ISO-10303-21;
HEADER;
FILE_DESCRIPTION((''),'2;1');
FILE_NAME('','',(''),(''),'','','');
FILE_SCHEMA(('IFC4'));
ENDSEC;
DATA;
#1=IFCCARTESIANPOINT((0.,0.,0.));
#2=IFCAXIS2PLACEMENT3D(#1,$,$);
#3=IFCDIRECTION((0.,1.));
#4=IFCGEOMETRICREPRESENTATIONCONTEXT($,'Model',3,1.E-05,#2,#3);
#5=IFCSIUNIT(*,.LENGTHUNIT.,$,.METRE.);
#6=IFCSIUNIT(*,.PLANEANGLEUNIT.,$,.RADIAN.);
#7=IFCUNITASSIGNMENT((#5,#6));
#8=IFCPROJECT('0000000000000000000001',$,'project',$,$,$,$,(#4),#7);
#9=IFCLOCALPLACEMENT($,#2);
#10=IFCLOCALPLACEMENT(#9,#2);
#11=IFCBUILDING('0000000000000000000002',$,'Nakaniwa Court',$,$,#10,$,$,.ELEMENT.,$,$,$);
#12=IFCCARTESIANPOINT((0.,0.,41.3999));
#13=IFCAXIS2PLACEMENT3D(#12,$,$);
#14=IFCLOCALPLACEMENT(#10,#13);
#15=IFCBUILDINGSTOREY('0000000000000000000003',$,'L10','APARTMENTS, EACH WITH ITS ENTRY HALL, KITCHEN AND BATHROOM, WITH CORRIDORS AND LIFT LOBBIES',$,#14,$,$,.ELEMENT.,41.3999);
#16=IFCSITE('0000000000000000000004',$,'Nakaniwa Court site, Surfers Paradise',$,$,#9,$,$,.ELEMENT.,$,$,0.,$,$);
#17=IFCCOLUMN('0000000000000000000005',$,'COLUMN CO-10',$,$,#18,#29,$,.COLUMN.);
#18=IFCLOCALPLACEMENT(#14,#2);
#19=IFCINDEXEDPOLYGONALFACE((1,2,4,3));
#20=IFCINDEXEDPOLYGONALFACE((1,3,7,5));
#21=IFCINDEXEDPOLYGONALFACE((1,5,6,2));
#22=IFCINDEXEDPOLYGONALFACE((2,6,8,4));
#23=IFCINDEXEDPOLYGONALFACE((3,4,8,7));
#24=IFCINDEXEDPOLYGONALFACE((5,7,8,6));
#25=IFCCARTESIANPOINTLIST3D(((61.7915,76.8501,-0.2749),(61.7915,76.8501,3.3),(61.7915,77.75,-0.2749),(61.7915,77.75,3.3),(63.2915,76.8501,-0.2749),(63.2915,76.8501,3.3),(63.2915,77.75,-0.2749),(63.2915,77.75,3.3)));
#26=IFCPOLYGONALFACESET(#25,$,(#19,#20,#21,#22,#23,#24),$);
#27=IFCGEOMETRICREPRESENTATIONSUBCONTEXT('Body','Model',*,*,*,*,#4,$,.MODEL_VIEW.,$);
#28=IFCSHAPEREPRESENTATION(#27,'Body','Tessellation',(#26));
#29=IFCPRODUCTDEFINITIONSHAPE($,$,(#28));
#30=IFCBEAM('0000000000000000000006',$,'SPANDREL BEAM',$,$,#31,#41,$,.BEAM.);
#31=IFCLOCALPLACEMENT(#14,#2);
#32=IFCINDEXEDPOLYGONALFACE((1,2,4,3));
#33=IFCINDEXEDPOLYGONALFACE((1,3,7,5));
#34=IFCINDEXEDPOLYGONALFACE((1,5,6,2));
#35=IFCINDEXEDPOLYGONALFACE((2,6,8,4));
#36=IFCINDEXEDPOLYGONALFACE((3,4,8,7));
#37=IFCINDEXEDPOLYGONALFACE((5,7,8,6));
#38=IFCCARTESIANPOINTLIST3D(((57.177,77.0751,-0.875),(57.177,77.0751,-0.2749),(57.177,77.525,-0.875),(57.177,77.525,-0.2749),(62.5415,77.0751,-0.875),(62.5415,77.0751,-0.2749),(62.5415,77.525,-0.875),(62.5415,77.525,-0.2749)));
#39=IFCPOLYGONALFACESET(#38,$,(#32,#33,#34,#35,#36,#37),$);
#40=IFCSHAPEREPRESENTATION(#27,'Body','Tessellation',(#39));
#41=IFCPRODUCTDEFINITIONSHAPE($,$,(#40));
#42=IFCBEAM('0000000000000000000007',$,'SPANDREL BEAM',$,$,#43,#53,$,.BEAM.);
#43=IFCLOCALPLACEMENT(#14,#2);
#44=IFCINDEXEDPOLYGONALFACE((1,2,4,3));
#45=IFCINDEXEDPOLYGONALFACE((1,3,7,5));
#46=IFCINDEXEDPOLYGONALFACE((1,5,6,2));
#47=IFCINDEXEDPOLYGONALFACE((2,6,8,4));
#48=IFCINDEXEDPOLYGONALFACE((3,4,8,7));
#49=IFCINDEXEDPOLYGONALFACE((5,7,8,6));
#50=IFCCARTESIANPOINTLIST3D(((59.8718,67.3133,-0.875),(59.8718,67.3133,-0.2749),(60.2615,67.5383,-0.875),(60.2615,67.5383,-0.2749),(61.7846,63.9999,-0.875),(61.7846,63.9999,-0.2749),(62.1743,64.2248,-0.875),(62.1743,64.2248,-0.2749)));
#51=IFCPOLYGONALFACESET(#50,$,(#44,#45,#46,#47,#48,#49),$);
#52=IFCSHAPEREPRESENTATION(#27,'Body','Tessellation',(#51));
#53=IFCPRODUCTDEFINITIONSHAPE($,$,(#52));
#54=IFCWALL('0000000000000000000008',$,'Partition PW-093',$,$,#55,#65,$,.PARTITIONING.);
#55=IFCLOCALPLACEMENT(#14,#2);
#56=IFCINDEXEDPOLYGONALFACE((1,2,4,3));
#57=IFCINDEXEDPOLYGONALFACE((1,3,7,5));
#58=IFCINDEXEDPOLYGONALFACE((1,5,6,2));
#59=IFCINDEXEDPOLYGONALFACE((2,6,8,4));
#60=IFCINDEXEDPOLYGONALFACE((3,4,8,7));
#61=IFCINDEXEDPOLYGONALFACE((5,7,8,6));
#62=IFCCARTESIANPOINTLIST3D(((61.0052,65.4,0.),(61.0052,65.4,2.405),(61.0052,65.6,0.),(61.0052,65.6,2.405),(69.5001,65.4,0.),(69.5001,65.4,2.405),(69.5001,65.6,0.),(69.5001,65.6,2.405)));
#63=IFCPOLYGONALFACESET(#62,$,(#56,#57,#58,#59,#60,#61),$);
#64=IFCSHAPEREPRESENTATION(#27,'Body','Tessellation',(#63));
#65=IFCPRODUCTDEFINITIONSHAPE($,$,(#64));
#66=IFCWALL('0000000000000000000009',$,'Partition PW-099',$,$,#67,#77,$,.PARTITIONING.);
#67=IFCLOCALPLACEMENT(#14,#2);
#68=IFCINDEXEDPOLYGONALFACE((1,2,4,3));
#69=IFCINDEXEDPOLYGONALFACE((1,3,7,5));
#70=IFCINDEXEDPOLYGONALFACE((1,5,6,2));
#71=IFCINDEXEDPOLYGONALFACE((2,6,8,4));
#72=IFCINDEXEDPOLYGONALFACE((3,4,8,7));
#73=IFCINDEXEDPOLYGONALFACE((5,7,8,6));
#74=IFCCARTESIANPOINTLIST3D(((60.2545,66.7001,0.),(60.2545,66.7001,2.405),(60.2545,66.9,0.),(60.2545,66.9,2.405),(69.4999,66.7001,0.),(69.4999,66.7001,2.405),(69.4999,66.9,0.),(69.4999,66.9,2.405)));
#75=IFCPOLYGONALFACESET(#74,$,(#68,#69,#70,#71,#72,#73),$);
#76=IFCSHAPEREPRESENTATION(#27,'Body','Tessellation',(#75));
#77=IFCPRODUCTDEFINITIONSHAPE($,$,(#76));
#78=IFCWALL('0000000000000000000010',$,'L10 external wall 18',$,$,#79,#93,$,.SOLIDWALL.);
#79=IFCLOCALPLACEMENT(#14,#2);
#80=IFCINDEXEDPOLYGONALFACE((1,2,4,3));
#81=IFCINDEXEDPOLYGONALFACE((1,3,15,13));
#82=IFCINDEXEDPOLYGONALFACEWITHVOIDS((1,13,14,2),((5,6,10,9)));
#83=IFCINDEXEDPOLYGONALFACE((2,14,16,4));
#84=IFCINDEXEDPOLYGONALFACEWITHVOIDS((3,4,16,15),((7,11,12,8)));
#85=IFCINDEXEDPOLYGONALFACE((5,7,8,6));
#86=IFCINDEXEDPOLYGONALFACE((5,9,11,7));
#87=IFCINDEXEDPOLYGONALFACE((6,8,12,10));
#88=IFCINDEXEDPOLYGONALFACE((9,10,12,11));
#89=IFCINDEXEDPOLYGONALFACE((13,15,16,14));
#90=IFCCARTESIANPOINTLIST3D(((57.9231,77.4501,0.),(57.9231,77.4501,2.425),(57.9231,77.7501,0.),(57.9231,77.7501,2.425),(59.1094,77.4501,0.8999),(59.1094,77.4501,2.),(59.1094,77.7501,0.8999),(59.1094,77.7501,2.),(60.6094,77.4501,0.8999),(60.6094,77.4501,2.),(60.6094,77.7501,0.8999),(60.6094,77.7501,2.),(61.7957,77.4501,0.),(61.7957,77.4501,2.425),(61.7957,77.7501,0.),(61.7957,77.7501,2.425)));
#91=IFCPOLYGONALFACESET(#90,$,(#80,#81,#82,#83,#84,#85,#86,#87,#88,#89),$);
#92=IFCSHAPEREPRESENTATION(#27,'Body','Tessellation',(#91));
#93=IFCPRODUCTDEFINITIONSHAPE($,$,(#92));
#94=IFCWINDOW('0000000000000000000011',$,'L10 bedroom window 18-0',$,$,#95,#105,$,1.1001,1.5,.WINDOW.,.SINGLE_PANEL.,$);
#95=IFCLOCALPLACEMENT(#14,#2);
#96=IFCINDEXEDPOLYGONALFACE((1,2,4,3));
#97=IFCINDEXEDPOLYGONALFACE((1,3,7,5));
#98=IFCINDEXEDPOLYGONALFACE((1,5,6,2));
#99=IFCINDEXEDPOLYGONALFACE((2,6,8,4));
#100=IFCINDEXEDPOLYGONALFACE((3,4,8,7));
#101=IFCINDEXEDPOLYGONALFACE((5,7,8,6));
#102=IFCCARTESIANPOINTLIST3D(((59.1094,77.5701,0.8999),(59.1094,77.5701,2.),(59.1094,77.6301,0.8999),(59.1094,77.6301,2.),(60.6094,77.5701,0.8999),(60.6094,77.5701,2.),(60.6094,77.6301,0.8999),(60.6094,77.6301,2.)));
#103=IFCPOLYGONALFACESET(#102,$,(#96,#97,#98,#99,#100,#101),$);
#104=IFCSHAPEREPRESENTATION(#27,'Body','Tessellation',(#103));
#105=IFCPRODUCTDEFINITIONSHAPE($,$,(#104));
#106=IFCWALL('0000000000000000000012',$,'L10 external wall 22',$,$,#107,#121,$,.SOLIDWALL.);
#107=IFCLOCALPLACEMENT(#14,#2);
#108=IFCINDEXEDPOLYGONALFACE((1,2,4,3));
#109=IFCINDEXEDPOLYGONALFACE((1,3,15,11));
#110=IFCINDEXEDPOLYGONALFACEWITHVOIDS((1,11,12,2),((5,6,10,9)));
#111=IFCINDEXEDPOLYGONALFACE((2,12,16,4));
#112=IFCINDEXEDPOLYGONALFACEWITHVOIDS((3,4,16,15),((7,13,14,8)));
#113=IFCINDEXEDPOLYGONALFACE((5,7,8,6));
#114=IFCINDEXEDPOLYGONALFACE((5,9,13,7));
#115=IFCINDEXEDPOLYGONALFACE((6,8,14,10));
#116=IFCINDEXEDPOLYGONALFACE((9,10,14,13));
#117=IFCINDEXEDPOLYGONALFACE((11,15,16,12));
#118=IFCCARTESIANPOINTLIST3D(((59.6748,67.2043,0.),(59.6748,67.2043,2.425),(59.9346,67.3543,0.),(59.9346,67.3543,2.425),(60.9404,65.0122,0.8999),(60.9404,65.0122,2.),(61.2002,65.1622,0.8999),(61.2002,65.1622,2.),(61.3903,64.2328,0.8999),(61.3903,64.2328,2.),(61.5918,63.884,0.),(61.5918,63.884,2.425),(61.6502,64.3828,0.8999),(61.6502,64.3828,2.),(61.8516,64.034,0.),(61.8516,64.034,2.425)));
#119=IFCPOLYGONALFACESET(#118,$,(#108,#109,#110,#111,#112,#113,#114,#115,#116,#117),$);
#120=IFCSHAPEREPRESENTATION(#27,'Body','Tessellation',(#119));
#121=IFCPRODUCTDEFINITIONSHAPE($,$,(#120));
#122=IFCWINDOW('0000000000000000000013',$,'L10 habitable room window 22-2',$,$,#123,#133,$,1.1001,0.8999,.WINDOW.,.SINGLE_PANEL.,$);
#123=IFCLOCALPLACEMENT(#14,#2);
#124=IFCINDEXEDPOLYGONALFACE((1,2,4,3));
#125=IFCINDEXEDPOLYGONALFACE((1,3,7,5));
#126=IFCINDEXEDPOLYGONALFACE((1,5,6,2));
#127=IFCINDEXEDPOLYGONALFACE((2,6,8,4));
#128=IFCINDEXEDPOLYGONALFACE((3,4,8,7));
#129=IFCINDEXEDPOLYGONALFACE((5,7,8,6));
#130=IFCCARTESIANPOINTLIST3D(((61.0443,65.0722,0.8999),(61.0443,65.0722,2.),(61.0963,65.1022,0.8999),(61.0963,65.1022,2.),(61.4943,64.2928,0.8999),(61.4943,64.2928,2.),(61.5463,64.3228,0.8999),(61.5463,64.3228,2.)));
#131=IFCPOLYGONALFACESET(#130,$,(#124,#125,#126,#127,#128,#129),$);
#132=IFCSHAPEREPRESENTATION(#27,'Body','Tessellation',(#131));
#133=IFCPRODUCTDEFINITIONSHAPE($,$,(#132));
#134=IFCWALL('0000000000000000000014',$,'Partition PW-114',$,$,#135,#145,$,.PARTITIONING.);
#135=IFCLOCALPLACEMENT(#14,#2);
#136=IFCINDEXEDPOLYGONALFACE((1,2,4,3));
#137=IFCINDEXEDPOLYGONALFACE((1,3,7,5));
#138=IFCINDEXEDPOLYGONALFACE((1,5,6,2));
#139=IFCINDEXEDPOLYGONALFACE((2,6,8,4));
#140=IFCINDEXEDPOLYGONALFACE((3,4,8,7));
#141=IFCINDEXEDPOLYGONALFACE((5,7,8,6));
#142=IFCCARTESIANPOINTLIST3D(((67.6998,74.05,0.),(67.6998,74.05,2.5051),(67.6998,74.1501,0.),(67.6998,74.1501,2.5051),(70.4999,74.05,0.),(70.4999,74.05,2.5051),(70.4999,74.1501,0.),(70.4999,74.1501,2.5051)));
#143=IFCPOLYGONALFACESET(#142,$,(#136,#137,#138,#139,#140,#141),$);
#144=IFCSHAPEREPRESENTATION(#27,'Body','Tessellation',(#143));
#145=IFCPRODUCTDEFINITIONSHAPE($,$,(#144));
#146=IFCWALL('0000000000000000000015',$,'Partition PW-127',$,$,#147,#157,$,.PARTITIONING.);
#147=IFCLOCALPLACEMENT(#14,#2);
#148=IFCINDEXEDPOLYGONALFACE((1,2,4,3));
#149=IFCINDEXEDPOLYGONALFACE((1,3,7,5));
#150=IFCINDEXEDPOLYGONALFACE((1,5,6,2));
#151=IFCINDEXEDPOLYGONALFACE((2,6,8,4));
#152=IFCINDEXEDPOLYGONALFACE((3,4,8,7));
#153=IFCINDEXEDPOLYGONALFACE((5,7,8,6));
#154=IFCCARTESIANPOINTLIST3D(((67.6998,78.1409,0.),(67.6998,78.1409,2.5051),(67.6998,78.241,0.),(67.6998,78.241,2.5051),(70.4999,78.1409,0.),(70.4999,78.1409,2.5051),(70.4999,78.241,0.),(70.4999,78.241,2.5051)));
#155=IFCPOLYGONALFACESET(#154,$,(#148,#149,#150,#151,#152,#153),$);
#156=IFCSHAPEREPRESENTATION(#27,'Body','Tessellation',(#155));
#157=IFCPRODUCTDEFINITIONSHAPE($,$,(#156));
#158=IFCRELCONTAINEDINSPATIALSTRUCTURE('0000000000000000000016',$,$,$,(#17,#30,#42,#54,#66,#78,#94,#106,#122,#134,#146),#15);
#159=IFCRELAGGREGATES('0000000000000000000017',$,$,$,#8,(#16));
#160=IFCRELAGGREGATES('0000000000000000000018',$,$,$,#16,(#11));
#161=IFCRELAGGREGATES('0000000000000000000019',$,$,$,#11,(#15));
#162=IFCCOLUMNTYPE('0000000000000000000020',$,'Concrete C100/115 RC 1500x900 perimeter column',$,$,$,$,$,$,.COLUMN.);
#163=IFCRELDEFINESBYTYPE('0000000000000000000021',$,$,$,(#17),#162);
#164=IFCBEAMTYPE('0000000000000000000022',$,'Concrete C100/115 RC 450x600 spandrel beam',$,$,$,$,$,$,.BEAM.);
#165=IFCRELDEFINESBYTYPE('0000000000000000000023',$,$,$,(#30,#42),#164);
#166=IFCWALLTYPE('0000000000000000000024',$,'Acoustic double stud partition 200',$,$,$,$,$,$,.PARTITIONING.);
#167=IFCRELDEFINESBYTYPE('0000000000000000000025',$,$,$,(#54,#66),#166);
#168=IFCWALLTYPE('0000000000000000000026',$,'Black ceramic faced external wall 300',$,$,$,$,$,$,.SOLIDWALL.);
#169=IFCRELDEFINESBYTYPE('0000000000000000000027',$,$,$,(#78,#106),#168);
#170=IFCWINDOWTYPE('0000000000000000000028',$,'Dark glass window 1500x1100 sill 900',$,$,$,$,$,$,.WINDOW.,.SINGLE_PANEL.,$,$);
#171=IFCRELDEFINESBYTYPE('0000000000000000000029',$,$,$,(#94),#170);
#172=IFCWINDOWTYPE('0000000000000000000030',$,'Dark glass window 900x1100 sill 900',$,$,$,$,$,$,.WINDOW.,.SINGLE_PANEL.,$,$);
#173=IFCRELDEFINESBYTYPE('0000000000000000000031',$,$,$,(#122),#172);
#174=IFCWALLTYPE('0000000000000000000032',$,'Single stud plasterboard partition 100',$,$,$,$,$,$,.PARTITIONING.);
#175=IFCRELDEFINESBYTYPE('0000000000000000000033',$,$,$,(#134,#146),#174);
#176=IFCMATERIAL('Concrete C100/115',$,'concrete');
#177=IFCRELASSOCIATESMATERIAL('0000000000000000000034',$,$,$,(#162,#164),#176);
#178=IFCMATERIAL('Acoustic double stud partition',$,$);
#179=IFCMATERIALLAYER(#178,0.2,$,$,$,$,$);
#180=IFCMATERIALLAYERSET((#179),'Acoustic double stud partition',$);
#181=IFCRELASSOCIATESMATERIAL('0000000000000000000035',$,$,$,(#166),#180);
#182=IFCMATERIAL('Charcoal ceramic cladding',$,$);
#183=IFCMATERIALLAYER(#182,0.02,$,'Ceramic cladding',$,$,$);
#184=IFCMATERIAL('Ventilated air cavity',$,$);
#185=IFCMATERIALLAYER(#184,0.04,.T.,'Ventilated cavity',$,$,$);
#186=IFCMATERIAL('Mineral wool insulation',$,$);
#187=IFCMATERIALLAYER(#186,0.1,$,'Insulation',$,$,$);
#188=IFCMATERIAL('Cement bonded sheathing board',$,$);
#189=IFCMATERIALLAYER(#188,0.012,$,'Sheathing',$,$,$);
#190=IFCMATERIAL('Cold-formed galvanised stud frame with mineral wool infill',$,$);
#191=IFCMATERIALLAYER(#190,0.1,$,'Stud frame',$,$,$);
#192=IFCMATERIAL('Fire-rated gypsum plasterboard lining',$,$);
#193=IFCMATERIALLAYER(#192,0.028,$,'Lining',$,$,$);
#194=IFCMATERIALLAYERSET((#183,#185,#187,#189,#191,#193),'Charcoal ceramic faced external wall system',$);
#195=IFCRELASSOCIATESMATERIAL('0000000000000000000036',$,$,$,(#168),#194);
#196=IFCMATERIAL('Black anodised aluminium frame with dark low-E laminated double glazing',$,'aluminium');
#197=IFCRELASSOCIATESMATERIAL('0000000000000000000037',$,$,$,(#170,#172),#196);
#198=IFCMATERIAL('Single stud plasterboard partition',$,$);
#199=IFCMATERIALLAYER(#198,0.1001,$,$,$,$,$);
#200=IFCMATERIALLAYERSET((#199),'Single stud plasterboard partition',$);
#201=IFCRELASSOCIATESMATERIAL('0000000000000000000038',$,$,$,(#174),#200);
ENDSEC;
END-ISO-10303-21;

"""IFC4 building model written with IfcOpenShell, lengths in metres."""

from ifc_helpers import new_model, si_unit, direction, frame, frame_2d, origin, origin_2d, place, context, subcontext, project, spatial, rectangle, extrude, material, layer, layer_set, material_profile, profile_set, type_object, element, fill, save


model = new_model("IFC4")

# Units and contexts
model_context = context("Model", 3, precision=1e-05, world=origin(), true_north=direction((0.0, 1.0)))
body_context = subcontext(model_context, "Body", "Model", "MODEL_VIEW")
ifc_project = project(units=[si_unit("LENGTHUNIT", "METRE"), si_unit("PLANEANGLEUNIT", "RADIAN")], contexts=[model_context])

# Site, building, storey
site_placement = place(None, origin())
site = spatial("IfcSite", under=ifc_project, at=site_placement, Name="Nakaniwa Court site, Surfers Paradise", CompositionType="ELEMENT", RefElevation=0.0)
building_placement = place(site_placement, origin())
building = spatial("IfcBuilding", under=site, at=building_placement, Name="Nakaniwa Court", CompositionType="ELEMENT")
storey_placement = place(building_placement, frame((0.0, 0.0, 41.3999)))
storey = spatial("IfcBuildingStorey", under=building, at=storey_placement, Name="L10", Description="APARTMENTS, EACH WITH ITS ENTRY HALL, KITCHEN AND BATHROOM, WITH CORRIDORS AND LIFT LOBBIES", CompositionType="ELEMENT", Elevation=41.3999)

# Column
ifc_material_1 = material(Name="Concrete C100/115", Category="concrete")
ifc_material_profile_1 = material_profile(ifc_material_1, rectangle(XDim=1.5, YDim=0.8999, at=origin_2d()), Name="Concrete C100/115 RC 1500x900 perimeter column")
ifc_profile_set_1 = profile_set([ifc_material_profile_1], Name="Concrete C100/115")
column_type = type_object("IfcColumnType", Name="Concrete C100/115 RC 1500x900 perimeter column", PredefinedType="COLUMN", material=ifc_profile_set_1)
column_placement = place(storey_placement, frame((62.5415, 77.3, -0.2749), z_axis=(0.0, 0.0, 1.0), x_axis=(-1.0, 0.0, 0.0)))
element("IfcColumn", 1, at=column_placement, inside=storey, type_object=column_type, Name="COLUMN CO-10", PredefinedType="COLUMN", context=body_context, shape_type="SweptSolid", body=[
    extrude(rectangle(XDim=1.5, YDim=0.8999, at=origin_2d()), origin(), (0.0, 0.0, 1.0), 3.575),
])

# Beams
ifc_material_profile_2 = material_profile(ifc_material_1, rectangle(XDim=0.45, YDim=0.6001, at=origin_2d()), Name="Concrete C100/115 RC 450x600 spandrel beam")
ifc_profile_set_2 = profile_set([ifc_material_profile_2], Name="Concrete C100/115")
beam_type = type_object("IfcBeamType", Name="Concrete C100/115 RC 450x600 spandrel beam", PredefinedType="BEAM", material=ifc_profile_set_2)
beam_1_placement = place(storey_placement, frame((62.5415, 77.3, -0.575), z_axis=(-1.0, 0.0, 0.0), x_axis=(0.0, -1.0, 0.0)))
element("IfcBeam", 2, at=beam_1_placement, inside=storey, type_object=beam_type, Name="SPANDREL BEAM", PredefinedType="BEAM", context=body_context, shape_type="SweptSolid", body=[
    extrude(rectangle(XDim=0.45, YDim=0.6001, at=origin_2d()), origin(), (0.0, 0.0, 1.0), 5.3645),
])
beam_2_placement = place(storey_placement, frame((60.0667, 67.4258, -0.575), z_axis=(0.499962, -0.866047, 0.0), x_axis=(0.866047, 0.499962, 0.0)))
element("IfcBeam", 3, at=beam_2_placement, inside=storey, type_object=beam_type, Name="SPANDREL BEAM", PredefinedType="BEAM", context=body_context, shape_type="SweptSolid", body=[
    extrude(rectangle(XDim=0.45, YDim=0.6001, at=origin_2d()), origin(), (0.0, 0.0, 1.0), 3.8259),
])

# Walls
ifc_material_2 = material(Name="Acoustic double stud partition")
ifc_layer_1 = layer(ifc_material_2, 0.2)
ifc_layer_set_1 = layer_set([ifc_layer_1], Name="Acoustic double stud partition")
wall_type_1 = type_object("IfcWallType", Name="Acoustic double stud partition 200", PredefinedType="PARTITIONING", material=ifc_layer_set_1)
wall_1_placement = place(storey_placement, frame((61.0051, 65.5, 0.0), z_axis=(0.0, 0.0, 1.0), x_axis=(1.0, 0.0, 0.0)))
element("IfcWall", 4, at=wall_1_placement, inside=storey, type_object=wall_type_1, Name="Partition PW-093", PredefinedType="PARTITIONING", context=body_context, shape_type="SweptSolid", body=[
    extrude(rectangle(XDim=8.4949, YDim=0.2, at=frame_2d((4.2476, 0.0))), origin(), (0.0, 0.0, 1.0), 2.405),
])
wall_2_placement = place(storey_placement, frame((60.2546, 66.8, 0.0), z_axis=(0.0, 0.0, 1.0), x_axis=(1.0, 0.0, 0.0)))
element("IfcWall", 5, at=wall_2_placement, inside=storey, type_object=wall_type_1, Name="Partition PW-099", PredefinedType="PARTITIONING", context=body_context, shape_type="SweptSolid", body=[
    extrude(rectangle(XDim=9.2454, YDim=0.2, at=frame_2d((4.6226, 0.0))), origin(), (0.0, 0.0, 1.0), 2.405),
])

# Walls, openings, windows
ifc_material_3 = material(Name="Charcoal ceramic cladding")
ifc_layer_2 = layer(ifc_material_3, 0.02, Name="Ceramic cladding")
ifc_material_4 = material(Name="Ventilated air cavity")
ifc_layer_3 = layer(ifc_material_4, 0.04, ventilated=True, Name="Ventilated cavity")
ifc_material_5 = material(Name="Mineral wool insulation")
ifc_layer_4 = layer(ifc_material_5, 0.1, Name="Insulation")
ifc_material_6 = material(Name="Cement bonded sheathing board")
ifc_layer_5 = layer(ifc_material_6, 0.012, Name="Sheathing")
ifc_material_7 = material(Name="Cold-formed galvanised stud frame with mineral wool infill")
ifc_layer_6 = layer(ifc_material_7, 0.1, Name="Stud frame")
ifc_material_8 = material(Name="Fire-rated gypsum plasterboard lining")
ifc_layer_7 = layer(ifc_material_8, 0.028, Name="Lining")
ifc_layer_set_2 = layer_set([ifc_layer_2, ifc_layer_3, ifc_layer_4, ifc_layer_5, ifc_layer_6, ifc_layer_7], Name="Charcoal ceramic faced external wall system")
wall_type_2 = type_object("IfcWallType", Name="Black ceramic faced external wall 300", PredefinedType="SOLIDWALL", material=ifc_layer_set_2)
wall_3_placement = place(storey_placement, frame((61.7957, 77.6001, 0.0), z_axis=(0.0, 0.0, 1.0), x_axis=(-1.0, 0.0, 0.0)))
wall_3 = element("IfcWall", 6, at=wall_3_placement, inside=storey, type_object=wall_type_2, Name="L10 external wall 18", PredefinedType="SOLIDWALL", context=body_context, shape_type="SweptSolid", body=[
    extrude(rectangle(XDim=3.8726, YDim=0.3, at=frame_2d((1.9363, 0.0))), origin(), (0.0, 0.0, 1.0), 2.425),
])
opening_1_placement = place(wall_3_placement, frame((1.1863, 0.0, 0.8999)))
opening_1 = element("IfcOpeningElement", 7, at=opening_1_placement, cuts=wall_3, PredefinedType="OPENING", context=body_context, shape_type="SweptSolid", body=[
    extrude(rectangle(XDim=1.5, YDim=1.1001, at=frame_2d((0.75, 0.55))), frame((0.0, 0.1599, 0.0), z_axis=(0.0, -1.0, 0.0), x_axis=(1.0, 0.0, 0.0)), (0.0, 0.0, 1.0), 0.3201),
])
ifc_material_9 = material(Name="Black anodised aluminium frame with dark low-E laminated double glazing", Category="aluminium")
window_type_1 = type_object("IfcWindowType", Name="Dark glass window 1500x1100 sill 900", PartitioningType="SINGLE_PANEL", PredefinedType="WINDOW", material=ifc_material_9)
window_1_placement = place(opening_1_placement, origin())
window_1 = element("IfcWindow", 8, at=window_1_placement, inside=storey, type_object=window_type_1, Name="L10 bedroom window 18-0", OverallHeight=1.1001, OverallWidth=1.5, PartitioningType="SINGLE_PANEL", PredefinedType="WINDOW", context=body_context, shape_type="SweptSolid", body=[
    extrude(rectangle(XDim=1.5, YDim=1.1001, at=frame_2d((0.75, 0.55))), frame((0.0, 0.03, 0.0), z_axis=(0.0, -1.0, 0.0), x_axis=(1.0, 0.0, 0.0)), (0.0, 0.0, 1.0), 0.0601),
])
fill(opening_1, window_1)
wall_4_placement = place(storey_placement, frame((59.8047, 67.2793, 0.0), z_axis=(0.0, 0.0, 1.0), x_axis=(0.500002, -0.866024, 0.0)))
wall_4 = element("IfcWall", 9, at=wall_4_placement, inside=storey, type_object=wall_type_2, Name="L10 external wall 22", PredefinedType="SOLIDWALL", context=body_context, shape_type="SweptSolid", body=[
    extrude(rectangle(XDim=3.834, YDim=0.3, at=frame_2d((1.917, 0.0))), origin(), (0.0, 0.0, 1.0), 2.425),
])
opening_2_placement = place(wall_4_placement, frame((2.5312, 0.0, 0.8999)))
opening_2 = element("IfcOpeningElement", 10, at=opening_2_placement, cuts=wall_4, PredefinedType="OPENING", context=body_context, shape_type="SweptSolid", body=[
    extrude(rectangle(XDim=0.8999, YDim=1.1001, at=frame_2d((0.45, 0.55))), frame((0.0, 0.1599, 0.0), z_axis=(0.0, -1.0, 0.0), x_axis=(1.0, 0.0, 0.0)), (0.0, 0.0, 1.0), 0.3201),
])
window_type_2 = type_object("IfcWindowType", Name="Dark glass window 900x1100 sill 900", PartitioningType="SINGLE_PANEL", PredefinedType="WINDOW", material=ifc_material_9)
window_2_placement = place(opening_2_placement, origin())
window_2 = element("IfcWindow", 11, at=window_2_placement, inside=storey, type_object=window_type_2, Name="L10 habitable room window 22-2", OverallHeight=1.1001, OverallWidth=0.8999, PartitioningType="SINGLE_PANEL", PredefinedType="WINDOW", context=body_context, shape_type="SweptSolid", body=[
    extrude(rectangle(XDim=0.8999, YDim=1.1001, at=frame_2d((0.45, 0.55))), frame((0.0, 0.03, 0.0), z_axis=(0.0, -1.0, 0.0), x_axis=(1.0, 0.0, 0.0)), (0.0, 0.0, 1.0), 0.0601),
])
fill(opening_2, window_2)

# Walls
ifc_material_10 = material(Name="Single stud plasterboard partition")
ifc_layer_8 = layer(ifc_material_10, 0.1001)
ifc_layer_set_3 = layer_set([ifc_layer_8], Name="Single stud plasterboard partition")
wall_type_3 = type_object("IfcWallType", Name="Single stud plasterboard partition 100", PredefinedType="PARTITIONING", material=ifc_layer_set_3)
for number, where, z_axis, x_axis, name in (
    (12, (67.7, 74.1001, 0.0), (0.0, 0.0, 1.0), (1.0, 0.0, 0.0), "Partition PW-114"),
    (13, (67.7, 78.1909, 0.0), (0.0, 0.0, 1.0), (1.0, 0.0, 0.0), "Partition PW-127"),
):
    element("IfcWall", number, at=place(storey_placement, frame(where, z_axis=z_axis, x_axis=x_axis)), inside=storey, type_object=wall_type_3, Name=name, PredefinedType="PARTITIONING", context=body_context, shape_type="SweptSolid", body=[
        extrude(rectangle(XDim=2.8, YDim=0.1001, at=frame_2d((1.3999, 0.0))), origin(), (0.0, 0.0, 1.0), 2.5051),
    ])

save(model, "model.ifc")
